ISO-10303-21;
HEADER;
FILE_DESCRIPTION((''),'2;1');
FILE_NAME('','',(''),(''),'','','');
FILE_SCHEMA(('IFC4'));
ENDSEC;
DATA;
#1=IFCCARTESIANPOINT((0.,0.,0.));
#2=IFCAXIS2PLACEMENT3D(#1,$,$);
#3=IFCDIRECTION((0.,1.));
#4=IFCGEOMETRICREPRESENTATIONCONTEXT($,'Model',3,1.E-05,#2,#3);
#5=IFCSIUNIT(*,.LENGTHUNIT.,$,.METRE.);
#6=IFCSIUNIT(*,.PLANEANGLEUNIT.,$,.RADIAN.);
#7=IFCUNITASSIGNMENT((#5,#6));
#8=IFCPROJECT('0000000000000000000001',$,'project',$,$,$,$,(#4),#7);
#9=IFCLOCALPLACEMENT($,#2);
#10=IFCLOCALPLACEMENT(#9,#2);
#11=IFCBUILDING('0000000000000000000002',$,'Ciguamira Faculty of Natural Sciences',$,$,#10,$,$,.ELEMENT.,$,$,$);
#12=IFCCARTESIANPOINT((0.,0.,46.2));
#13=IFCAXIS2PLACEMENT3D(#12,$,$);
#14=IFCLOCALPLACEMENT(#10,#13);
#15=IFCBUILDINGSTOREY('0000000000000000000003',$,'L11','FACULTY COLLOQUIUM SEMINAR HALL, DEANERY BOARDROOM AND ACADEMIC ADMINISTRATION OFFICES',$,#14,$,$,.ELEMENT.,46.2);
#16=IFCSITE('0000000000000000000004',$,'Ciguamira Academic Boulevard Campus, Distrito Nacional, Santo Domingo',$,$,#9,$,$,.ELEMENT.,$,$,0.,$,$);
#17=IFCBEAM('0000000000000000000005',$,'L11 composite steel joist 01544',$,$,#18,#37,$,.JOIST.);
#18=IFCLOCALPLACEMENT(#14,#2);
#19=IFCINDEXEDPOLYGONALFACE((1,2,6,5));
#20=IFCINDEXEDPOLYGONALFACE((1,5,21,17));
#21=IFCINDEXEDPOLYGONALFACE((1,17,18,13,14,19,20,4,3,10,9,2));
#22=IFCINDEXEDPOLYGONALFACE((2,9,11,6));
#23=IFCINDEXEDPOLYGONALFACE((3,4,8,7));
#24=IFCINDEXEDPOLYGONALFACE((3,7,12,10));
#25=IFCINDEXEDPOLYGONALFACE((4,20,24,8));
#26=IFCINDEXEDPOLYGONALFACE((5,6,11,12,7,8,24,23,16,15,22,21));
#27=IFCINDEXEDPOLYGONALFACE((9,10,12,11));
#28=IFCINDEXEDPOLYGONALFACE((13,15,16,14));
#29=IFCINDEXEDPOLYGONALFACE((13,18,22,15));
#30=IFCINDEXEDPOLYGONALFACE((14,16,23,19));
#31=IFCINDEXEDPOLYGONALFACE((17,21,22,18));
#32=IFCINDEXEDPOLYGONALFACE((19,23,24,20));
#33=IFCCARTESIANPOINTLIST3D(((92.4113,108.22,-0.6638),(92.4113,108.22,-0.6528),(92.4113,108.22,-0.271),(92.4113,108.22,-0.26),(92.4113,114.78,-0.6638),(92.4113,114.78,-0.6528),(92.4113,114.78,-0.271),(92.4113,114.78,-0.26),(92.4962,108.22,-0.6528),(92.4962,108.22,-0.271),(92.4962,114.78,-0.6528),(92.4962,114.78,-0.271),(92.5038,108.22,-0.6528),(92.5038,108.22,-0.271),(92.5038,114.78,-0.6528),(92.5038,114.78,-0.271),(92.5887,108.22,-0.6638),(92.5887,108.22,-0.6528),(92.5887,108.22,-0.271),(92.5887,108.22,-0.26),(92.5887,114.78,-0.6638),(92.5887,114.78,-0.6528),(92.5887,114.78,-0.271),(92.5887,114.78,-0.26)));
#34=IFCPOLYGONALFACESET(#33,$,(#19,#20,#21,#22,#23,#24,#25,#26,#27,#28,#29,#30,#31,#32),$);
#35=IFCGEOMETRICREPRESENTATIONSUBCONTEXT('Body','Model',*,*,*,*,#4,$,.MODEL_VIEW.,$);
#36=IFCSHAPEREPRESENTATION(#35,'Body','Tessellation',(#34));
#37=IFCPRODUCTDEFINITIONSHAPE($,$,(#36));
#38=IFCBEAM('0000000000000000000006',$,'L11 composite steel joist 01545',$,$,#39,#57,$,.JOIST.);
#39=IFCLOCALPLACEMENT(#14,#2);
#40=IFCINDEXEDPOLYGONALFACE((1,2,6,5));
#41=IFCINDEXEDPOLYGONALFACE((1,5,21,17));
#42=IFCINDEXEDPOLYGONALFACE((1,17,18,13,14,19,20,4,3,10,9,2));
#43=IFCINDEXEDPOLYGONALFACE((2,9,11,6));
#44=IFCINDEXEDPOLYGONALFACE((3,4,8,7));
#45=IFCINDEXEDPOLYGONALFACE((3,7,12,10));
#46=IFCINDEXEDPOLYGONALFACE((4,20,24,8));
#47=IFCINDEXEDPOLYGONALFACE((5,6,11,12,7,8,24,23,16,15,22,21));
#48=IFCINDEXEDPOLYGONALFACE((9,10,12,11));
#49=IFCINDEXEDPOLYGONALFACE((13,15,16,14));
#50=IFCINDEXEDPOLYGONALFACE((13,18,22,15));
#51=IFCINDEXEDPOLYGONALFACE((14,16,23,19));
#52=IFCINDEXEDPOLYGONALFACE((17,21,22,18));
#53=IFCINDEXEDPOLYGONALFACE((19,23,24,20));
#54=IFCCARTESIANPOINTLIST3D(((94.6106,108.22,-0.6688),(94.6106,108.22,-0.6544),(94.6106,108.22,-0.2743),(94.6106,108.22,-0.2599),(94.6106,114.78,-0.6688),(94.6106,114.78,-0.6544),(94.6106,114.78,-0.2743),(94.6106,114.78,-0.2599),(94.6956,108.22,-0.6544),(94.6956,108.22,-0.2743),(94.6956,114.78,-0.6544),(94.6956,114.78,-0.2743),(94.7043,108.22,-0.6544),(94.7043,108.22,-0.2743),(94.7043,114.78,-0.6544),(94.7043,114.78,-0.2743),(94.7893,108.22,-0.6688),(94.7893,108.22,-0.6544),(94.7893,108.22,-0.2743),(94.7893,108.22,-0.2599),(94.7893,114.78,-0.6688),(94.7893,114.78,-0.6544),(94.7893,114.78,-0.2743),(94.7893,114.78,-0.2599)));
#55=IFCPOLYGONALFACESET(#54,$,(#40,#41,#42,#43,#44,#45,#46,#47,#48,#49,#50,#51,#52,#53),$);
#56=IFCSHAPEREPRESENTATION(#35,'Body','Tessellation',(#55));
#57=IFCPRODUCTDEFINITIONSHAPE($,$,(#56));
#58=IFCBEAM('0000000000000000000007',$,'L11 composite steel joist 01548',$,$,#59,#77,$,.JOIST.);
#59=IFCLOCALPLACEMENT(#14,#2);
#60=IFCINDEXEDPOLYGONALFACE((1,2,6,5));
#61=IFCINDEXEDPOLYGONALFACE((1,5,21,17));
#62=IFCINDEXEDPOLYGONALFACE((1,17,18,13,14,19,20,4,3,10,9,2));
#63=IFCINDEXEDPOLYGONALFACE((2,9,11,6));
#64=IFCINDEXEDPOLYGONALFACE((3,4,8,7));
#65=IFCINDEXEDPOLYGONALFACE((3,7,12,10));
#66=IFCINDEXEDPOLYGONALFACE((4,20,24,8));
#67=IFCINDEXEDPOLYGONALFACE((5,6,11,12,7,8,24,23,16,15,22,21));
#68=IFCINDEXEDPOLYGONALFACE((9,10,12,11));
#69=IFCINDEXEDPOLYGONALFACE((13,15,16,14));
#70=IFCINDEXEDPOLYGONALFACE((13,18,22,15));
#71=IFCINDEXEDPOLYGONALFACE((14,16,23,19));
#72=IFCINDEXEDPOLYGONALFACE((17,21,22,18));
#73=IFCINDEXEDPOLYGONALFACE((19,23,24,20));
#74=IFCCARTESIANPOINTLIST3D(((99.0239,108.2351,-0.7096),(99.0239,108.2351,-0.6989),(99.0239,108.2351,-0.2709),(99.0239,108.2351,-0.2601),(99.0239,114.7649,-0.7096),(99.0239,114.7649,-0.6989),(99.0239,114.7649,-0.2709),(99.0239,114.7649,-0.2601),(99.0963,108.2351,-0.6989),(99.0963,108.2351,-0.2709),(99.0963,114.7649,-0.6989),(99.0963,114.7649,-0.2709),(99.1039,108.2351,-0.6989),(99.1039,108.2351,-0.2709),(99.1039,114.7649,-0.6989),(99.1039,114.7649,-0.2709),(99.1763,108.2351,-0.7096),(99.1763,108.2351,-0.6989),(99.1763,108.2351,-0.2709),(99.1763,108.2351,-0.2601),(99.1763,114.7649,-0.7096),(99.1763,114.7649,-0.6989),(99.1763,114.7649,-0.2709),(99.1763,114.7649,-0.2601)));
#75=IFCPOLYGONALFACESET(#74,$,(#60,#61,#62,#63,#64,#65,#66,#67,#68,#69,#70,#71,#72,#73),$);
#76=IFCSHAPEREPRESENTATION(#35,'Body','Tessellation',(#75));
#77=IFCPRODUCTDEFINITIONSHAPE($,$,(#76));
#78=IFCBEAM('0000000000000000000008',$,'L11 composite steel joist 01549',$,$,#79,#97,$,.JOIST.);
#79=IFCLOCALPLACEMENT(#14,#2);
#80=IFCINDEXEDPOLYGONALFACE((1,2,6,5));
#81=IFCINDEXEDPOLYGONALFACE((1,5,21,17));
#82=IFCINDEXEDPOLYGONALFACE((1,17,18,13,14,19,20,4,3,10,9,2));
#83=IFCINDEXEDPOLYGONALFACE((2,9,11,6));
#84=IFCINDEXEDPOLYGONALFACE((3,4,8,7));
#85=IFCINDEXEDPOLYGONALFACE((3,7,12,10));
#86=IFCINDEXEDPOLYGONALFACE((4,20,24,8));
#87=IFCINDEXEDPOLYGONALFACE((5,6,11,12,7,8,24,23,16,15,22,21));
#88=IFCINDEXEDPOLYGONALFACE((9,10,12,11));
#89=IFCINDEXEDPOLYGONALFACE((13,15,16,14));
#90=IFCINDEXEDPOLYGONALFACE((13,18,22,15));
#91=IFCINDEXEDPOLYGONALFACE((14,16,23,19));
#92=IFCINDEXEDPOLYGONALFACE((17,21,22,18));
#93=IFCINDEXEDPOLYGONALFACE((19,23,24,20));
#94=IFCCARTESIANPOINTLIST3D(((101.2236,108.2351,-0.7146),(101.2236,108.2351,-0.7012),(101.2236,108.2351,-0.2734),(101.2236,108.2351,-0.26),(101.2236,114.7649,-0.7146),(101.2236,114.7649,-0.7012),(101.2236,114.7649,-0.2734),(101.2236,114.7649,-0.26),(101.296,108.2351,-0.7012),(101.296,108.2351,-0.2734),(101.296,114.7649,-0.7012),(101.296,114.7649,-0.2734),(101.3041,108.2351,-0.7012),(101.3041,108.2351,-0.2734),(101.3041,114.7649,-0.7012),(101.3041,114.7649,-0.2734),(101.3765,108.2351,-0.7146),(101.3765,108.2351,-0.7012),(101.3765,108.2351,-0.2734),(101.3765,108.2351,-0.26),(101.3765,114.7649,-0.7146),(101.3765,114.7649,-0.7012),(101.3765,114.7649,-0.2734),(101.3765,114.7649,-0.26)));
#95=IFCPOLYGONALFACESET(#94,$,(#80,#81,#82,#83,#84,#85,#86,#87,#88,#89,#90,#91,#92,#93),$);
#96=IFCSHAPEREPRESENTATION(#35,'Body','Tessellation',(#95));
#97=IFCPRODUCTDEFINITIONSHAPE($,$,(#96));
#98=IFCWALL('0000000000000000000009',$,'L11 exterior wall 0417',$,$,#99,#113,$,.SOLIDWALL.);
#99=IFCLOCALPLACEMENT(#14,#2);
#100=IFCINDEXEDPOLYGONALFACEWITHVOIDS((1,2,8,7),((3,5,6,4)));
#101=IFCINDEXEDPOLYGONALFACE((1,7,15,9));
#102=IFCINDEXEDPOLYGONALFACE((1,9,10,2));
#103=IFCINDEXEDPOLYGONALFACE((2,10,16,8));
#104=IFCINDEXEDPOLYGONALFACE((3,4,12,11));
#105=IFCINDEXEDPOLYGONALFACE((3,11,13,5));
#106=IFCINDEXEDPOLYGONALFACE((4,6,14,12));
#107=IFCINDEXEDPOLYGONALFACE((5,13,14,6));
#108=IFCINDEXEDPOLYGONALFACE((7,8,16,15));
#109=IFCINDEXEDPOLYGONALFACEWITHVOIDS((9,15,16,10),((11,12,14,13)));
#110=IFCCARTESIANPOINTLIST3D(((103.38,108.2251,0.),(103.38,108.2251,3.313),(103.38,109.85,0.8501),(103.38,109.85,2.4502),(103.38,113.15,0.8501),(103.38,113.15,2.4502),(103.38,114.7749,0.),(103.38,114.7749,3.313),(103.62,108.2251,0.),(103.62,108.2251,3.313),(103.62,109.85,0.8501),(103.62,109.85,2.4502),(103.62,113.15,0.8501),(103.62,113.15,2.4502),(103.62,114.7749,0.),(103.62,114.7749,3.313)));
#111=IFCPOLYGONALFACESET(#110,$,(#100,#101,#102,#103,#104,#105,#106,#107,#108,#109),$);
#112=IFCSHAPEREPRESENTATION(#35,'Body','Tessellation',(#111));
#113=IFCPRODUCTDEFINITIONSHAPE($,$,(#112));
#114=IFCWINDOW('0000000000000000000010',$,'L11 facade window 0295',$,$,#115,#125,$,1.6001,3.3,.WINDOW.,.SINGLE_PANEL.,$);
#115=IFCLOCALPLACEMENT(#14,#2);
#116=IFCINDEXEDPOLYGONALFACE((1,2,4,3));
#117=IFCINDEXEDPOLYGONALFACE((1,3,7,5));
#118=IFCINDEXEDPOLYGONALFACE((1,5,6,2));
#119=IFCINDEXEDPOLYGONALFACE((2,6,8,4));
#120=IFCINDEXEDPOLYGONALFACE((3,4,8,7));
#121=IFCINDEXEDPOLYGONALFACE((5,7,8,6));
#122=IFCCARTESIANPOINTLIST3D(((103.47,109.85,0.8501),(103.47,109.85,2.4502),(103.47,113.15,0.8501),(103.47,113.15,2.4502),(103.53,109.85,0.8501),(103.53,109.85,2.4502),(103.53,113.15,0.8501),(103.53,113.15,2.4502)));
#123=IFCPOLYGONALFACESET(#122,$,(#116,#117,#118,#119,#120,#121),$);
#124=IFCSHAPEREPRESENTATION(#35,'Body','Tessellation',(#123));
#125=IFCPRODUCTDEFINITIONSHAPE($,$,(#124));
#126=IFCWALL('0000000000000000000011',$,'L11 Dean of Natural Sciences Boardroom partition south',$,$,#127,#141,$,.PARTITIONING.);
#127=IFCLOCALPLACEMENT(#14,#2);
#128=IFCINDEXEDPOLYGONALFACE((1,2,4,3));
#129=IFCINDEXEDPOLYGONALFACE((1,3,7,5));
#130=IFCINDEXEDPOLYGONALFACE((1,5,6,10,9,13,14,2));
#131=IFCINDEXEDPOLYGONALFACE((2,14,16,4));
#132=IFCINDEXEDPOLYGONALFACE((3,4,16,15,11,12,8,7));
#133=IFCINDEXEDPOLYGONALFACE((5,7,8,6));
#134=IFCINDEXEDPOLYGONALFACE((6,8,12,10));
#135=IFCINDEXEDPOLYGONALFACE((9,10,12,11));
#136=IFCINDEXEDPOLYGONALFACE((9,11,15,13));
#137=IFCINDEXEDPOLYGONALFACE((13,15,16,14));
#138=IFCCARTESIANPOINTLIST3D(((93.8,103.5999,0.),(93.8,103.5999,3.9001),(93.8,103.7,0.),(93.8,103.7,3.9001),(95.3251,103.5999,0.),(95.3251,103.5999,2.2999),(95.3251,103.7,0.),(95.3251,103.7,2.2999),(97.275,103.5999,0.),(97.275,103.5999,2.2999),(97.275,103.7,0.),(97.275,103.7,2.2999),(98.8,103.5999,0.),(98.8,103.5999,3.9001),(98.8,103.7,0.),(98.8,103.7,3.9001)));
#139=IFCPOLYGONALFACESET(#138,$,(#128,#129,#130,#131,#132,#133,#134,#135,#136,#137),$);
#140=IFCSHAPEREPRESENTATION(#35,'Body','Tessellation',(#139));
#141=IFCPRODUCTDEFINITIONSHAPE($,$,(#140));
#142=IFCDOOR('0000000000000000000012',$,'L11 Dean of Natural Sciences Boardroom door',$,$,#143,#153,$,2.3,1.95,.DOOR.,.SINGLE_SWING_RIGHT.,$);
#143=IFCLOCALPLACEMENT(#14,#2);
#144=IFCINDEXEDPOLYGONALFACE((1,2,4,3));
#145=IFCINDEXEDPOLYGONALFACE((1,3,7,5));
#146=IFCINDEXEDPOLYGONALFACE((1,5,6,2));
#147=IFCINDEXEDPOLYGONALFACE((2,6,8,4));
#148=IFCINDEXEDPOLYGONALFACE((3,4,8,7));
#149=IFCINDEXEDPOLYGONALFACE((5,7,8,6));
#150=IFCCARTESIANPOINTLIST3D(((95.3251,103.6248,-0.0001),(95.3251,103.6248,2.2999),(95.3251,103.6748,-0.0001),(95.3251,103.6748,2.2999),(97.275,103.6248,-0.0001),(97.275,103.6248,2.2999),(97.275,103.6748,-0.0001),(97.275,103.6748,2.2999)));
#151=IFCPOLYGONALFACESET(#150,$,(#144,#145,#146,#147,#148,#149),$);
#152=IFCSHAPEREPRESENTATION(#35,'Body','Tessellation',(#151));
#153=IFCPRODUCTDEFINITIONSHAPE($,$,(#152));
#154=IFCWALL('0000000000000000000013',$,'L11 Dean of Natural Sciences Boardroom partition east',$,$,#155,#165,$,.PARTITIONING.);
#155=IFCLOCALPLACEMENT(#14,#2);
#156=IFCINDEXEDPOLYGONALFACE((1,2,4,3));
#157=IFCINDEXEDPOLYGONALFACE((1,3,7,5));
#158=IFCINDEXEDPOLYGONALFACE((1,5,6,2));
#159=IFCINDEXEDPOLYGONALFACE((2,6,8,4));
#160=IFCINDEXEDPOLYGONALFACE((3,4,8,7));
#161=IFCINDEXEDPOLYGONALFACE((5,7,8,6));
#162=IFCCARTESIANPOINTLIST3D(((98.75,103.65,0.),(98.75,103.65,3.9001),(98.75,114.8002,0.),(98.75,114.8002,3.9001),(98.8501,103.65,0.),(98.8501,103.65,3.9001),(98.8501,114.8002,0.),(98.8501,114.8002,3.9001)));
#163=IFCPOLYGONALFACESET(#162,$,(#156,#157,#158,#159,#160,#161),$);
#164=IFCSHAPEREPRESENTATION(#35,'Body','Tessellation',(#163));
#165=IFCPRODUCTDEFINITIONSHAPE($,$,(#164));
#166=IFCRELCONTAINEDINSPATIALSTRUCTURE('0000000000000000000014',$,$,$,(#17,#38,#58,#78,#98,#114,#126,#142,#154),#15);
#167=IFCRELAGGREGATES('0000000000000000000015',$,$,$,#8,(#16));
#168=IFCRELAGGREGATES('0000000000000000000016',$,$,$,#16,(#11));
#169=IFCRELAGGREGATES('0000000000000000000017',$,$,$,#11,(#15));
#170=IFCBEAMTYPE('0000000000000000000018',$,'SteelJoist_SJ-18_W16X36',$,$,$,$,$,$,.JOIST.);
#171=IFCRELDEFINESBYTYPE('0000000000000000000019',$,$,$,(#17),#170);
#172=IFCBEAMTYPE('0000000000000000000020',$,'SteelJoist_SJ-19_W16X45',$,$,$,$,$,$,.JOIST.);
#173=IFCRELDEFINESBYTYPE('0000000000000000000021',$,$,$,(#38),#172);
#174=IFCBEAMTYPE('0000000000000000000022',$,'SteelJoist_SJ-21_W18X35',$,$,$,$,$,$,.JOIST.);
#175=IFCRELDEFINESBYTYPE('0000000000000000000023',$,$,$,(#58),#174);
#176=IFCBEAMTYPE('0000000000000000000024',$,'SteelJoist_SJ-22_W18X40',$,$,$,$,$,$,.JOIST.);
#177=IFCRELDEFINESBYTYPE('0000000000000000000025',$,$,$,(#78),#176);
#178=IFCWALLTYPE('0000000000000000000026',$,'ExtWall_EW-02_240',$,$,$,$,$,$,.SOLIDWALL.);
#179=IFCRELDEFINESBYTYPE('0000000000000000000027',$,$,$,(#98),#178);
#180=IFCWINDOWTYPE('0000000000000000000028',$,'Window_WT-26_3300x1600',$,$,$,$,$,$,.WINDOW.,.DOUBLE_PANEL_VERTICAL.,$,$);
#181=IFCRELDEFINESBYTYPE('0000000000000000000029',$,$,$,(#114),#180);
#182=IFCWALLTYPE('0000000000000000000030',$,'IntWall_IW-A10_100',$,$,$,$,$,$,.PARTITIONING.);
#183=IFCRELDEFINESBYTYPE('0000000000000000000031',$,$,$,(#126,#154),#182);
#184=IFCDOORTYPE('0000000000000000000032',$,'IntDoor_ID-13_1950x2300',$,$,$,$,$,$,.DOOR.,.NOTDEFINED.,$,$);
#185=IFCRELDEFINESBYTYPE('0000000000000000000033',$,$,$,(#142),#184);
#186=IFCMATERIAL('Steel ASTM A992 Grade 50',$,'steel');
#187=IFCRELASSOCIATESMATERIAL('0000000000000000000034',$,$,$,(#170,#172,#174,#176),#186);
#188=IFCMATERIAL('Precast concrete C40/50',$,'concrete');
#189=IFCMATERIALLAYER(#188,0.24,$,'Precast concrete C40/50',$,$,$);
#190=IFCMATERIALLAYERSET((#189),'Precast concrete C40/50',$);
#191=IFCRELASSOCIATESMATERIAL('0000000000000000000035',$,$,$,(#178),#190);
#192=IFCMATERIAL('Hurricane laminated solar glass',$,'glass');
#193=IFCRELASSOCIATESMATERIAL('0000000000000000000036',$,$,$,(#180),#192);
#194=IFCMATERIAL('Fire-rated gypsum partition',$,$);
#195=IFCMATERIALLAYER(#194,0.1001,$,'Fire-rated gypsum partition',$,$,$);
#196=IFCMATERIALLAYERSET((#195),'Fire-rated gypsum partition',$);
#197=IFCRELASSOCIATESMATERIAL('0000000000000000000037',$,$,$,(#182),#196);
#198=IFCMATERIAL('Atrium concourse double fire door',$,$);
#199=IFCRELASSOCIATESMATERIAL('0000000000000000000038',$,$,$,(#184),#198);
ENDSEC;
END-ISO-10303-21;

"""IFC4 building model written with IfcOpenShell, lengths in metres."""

from ifc_helpers import new_model, si_unit, direction, frame, frame_2d, origin, origin_2d, place, context, subcontext, project, spatial, rectangle, i_section, extrude, material, layer, layer_set, material_profile, profile_set, type_object, element, fill, save


model = new_model("IFC4")

# Units and contexts
model_context = context("Model", 3, precision=1e-05, world=origin(), true_north=direction((0.0, 1.0)))
body_context = subcontext(model_context, "Body", "Model", "MODEL_VIEW")
ifc_project = project(units=[si_unit("LENGTHUNIT", "METRE"), si_unit("PLANEANGLEUNIT", "RADIAN")], contexts=[model_context])

# Site, building, storey
site_placement = place(None, origin())
site = spatial("IfcSite", under=ifc_project, at=site_placement, Name="Ciguamira Academic Boulevard Campus, Distrito Nacional, Santo Domingo", CompositionType="ELEMENT", RefElevation=0.0)
building_placement = place(site_placement, origin())
building = spatial("IfcBuilding", under=site, at=building_placement, Name="Ciguamira Faculty of Natural Sciences", CompositionType="ELEMENT")
storey_placement = place(building_placement, frame((0.0, 0.0, 46.2)))
storey = spatial("IfcBuildingStorey", under=building, at=storey_placement, Name="L11", Description="FACULTY COLLOQUIUM SEMINAR HALL, DEANERY BOARDROOM AND ACADEMIC ADMINISTRATION OFFICES", CompositionType="ELEMENT", Elevation=46.2)

# Beams
ifc_material_1 = material(Name="Precast concrete C40/50", Category="concrete")
ifc_material_2 = material(Name="Steel ASTM A992 Grade 50", Category="steel")
ifc_material_profile_1 = material_profile(ifc_material_2, i_section(OverallWidth=0.1775, OverallDepth=0.4038, WebThickness=0.0076, FlangeThickness=0.011, at=origin_2d()), Name="W16X36")
ifc_profile_set_1 = profile_set([ifc_material_profile_1], Name="Steel ASTM A992 Grade 50")
beam_type_1 = type_object("IfcBeamType", Name="SteelJoist_SJ-18_W16X36", PredefinedType="JOIST", material=ifc_profile_set_1)
beam_1_placement = place(storey_placement, frame((92.5, 108.22, -0.4619), z_axis=(0.0, 1.0, 0.0), x_axis=(-1.0, 0.0, 0.0)))
element("IfcBeam", 1, at=beam_1_placement, inside=storey, type_object=beam_type_1, Name="L11 composite steel joist 01544", PredefinedType="JOIST", context=body_context, shape_type="SweptSolid", body=[
    extrude(i_section(OverallWidth=0.1775, OverallDepth=0.4038, WebThickness=0.0076, FlangeThickness=0.011, at=origin_2d()), origin(), (0.0, 0.0, 1.0), 6.5601),
])
ifc_material_profile_2 = material_profile(ifc_material_2, i_section(OverallWidth=0.1787, OverallDepth=0.4089, WebThickness=0.0088, FlangeThickness=0.0144, at=origin_2d()), Name="W16X45")
ifc_profile_set_2 = profile_set([ifc_material_profile_2], Name="Steel ASTM A992 Grade 50")
beam_type_2 = type_object("IfcBeamType", Name="SteelJoist_SJ-19_W16X45", PredefinedType="JOIST", material=ifc_profile_set_2)
beam_2_placement = place(storey_placement, frame((94.7, 108.22, -0.4644), z_axis=(0.0, 1.0, 0.0), x_axis=(-1.0, 0.0, 0.0)))
element("IfcBeam", 2, at=beam_2_placement, inside=storey, type_object=beam_type_2, Name="L11 composite steel joist 01545", PredefinedType="JOIST", context=body_context, shape_type="SweptSolid", body=[
    extrude(i_section(OverallWidth=0.1787, OverallDepth=0.4089, WebThickness=0.0088, FlangeThickness=0.0144, at=origin_2d()), origin(), (0.0, 0.0, 1.0), 6.5601),
])
ifc_material_profile_3 = material_profile(ifc_material_2, i_section(OverallWidth=0.1523, OverallDepth=0.4495, WebThickness=0.0076, FlangeThickness=0.0107, at=origin_2d()), Name="W18X35")
ifc_profile_set_3 = profile_set([ifc_material_profile_3], Name="Steel ASTM A992 Grade 50")
beam_type_3 = type_object("IfcBeamType", Name="SteelJoist_SJ-21_W18X35", PredefinedType="JOIST", material=ifc_profile_set_3)
beam_3_placement = place(storey_placement, frame((99.1001, 108.2351, -0.4849), z_axis=(0.0, 1.0, 0.0), x_axis=(-1.0, 0.0, 0.0)))
element("IfcBeam", 3, at=beam_3_placement, inside=storey, type_object=beam_type_3, Name="L11 composite steel joist 01548", PredefinedType="JOIST", context=body_context, shape_type="SweptSolid", body=[
    extrude(i_section(OverallWidth=0.1523, OverallDepth=0.4495, WebThickness=0.0076, FlangeThickness=0.0107, at=origin_2d()), origin(), (0.0, 0.0, 1.0), 6.5298),
])
ifc_material_profile_4 = material_profile(ifc_material_2, i_section(OverallWidth=0.1528, OverallDepth=0.4546, WebThickness=0.0081, FlangeThickness=0.0134, at=origin_2d()), Name="W18X40")
ifc_profile_set_4 = profile_set([ifc_material_profile_4], Name="Steel ASTM A992 Grade 50")
beam_type_4 = type_object("IfcBeamType", Name="SteelJoist_SJ-22_W18X40", PredefinedType="JOIST", material=ifc_profile_set_4)
beam_4_placement = place(storey_placement, frame((101.3, 108.2351, -0.4873), z_axis=(0.0, 1.0, 0.0), x_axis=(-1.0, 0.0, 0.0)))
element("IfcBeam", 4, at=beam_4_placement, inside=storey, type_object=beam_type_4, Name="L11 composite steel joist 01549", PredefinedType="JOIST", context=body_context, shape_type="SweptSolid", body=[
    extrude(i_section(OverallWidth=0.1528, OverallDepth=0.4546, WebThickness=0.0081, FlangeThickness=0.0134, at=origin_2d()), origin(), (0.0, 0.0, 1.0), 6.5298),
])

# Wall, opening, window
ifc_layer_1 = layer(ifc_material_1, 0.24, Name="Precast concrete C40/50")
ifc_layer_set_1 = layer_set([ifc_layer_1], Name="Precast concrete C40/50")
wall_type_1 = type_object("IfcWallType", Name="ExtWall_EW-02_240", PredefinedType="SOLIDWALL", material=ifc_layer_set_1)
wall_1_placement = place(storey_placement, frame((103.5, 108.2251, 0.0), z_axis=(0.0, 0.0, 1.0), x_axis=(0.0, 1.0, 0.0)))
wall_1 = element("IfcWall", 5, at=wall_1_placement, inside=storey, type_object=wall_type_1, Name="L11 exterior wall 0417", PredefinedType="SOLIDWALL", context=body_context, shape_type="SweptSolid", body=[
    extrude(rectangle(XDim=6.5498, YDim=0.24, at=frame_2d((3.2749, 0.0))), origin(), (0.0, 0.0, 1.0), 3.313),
])
opening_1_placement = place(wall_1_placement, frame((1.625, 0.0, 0.8501)))
opening_1 = element("IfcOpeningElement", 6, at=opening_1_placement, cuts=wall_1, PredefinedType="OPENING", context=body_context, shape_type="SweptSolid", body=[
    extrude(rectangle(XDim=3.3, YDim=1.6001, at=frame_2d((1.6499, 0.8))), frame((0.0, 0.1299, 0.0), z_axis=(0.0, -1.0, 0.0), x_axis=(1.0, 0.0, 0.0)), (0.0, 0.0, 1.0), 0.26),
])
ifc_material_3 = material(Name="Hurricane laminated solar glass", Category="glass")
window_type = type_object("IfcWindowType", Name="Window_WT-26_3300x1600", PartitioningType="DOUBLE_PANEL_VERTICAL", PredefinedType="WINDOW", material=ifc_material_3)
window_placement = place(opening_1_placement, origin())
window = element("IfcWindow", 7, at=window_placement, inside=storey, type_object=window_type, Name="L11 facade window 0295", OverallHeight=1.6001, OverallWidth=3.3, PartitioningType="SINGLE_PANEL", PredefinedType="WINDOW", context=body_context, shape_type="SweptSolid", body=[
    extrude(rectangle(XDim=3.3, YDim=1.6001, at=frame_2d((1.6499, 0.8))), frame((0.0, 0.03, 0.0), z_axis=(0.0, -1.0, 0.0), x_axis=(1.0, 0.0, 0.0)), (0.0, 0.0, 1.0), 0.0601),
])
fill(opening_1, window)

# Wall, opening, door
ifc_material_4 = material(Name="Fire-rated gypsum partition")
ifc_layer_2 = layer(ifc_material_4, 0.1001, Name="Fire-rated gypsum partition")
ifc_layer_set_2 = layer_set([ifc_layer_2], Name="Fire-rated gypsum partition")
wall_type_2 = type_object("IfcWallType", Name="IntWall_IW-A10_100", PredefinedType="PARTITIONING", material=ifc_layer_set_2)
wall_2_placement = place(storey_placement, frame((93.8, 103.6499, 0.0), z_axis=(0.0, 0.0, 1.0), x_axis=(1.0, 0.0, 0.0)))
wall_2 = element("IfcWall", 8, at=wall_2_placement, inside=storey, type_object=wall_type_2, Name="L11 Dean of Natural Sciences Boardroom partition south", PredefinedType="PARTITIONING", context=body_context, shape_type="SweptSolid", body=[
    extrude(rectangle(XDim=5.0, YDim=0.1001, at=frame_2d((2.5, 0.0))), origin(), (0.0, 0.0, 1.0), 3.9001),
])
opening_2_placement = place(wall_2_placement, frame((1.5249, 0.0, 0.0)))
opening_2 = element("IfcOpeningElement", 9, at=opening_2_placement, cuts=wall_2, PredefinedType="OPENING", context=body_context, shape_type="SweptSolid", body=[
    extrude(rectangle(XDim=1.95, YDim=2.3, at=frame_2d((0.9751, 1.1499))), frame((0.0, 0.0601, 0.0), z_axis=(0.0, -1.0, 0.0), x_axis=(1.0, 0.0, 0.0)), (0.0, 0.0, 1.0), 0.1201),
])
ifc_material_5 = material(Name="Atrium concourse double fire door")
door_type_1 = type_object("IfcDoorType", Name="IntDoor_ID-13_1950x2300", OperationType="NOTDEFINED", PredefinedType="DOOR", material=ifc_material_5)
door_1_placement = place(opening_2_placement, origin())
door_1 = element("IfcDoor", 10, at=door_1_placement, inside=storey, type_object=door_type_1, Name="L11 Dean of Natural Sciences Boardroom door", OperationType="SINGLE_SWING_RIGHT", OverallHeight=2.3, OverallWidth=1.95, PredefinedType="DOOR", context=body_context, shape_type="SweptSolid", body=[
    extrude(rectangle(XDim=1.95, YDim=2.3, at=frame_2d((0.9751, 1.1499))), frame((0.0, 0.0249, 0.0), z_axis=(0.0, -1.0, 0.0), x_axis=(1.0, 0.0, 0.0)), (0.0, 0.0, 1.0), 0.05),
])
fill(opening_2, door_1)

# Wall
wall_3_placement = place(storey_placement, frame((98.8, 103.6499, 0.0), z_axis=(0.0, 0.0, 1.0), x_axis=(0.0, 1.0, 0.0)))
element("IfcWall", 11, at=wall_3_placement, inside=storey, type_object=wall_type_2, Name="L11 Dean of Natural Sciences Boardroom partition east", PredefinedType="PARTITIONING", context=body_context, shape_type="SweptSolid", body=[
    extrude(rectangle(XDim=11.1501, YDim=0.1001, at=frame_2d((5.5752, 0.0))), origin(), (0.0, 0.0, 1.0), 3.9001),
])

save(model, "model.ifc")
